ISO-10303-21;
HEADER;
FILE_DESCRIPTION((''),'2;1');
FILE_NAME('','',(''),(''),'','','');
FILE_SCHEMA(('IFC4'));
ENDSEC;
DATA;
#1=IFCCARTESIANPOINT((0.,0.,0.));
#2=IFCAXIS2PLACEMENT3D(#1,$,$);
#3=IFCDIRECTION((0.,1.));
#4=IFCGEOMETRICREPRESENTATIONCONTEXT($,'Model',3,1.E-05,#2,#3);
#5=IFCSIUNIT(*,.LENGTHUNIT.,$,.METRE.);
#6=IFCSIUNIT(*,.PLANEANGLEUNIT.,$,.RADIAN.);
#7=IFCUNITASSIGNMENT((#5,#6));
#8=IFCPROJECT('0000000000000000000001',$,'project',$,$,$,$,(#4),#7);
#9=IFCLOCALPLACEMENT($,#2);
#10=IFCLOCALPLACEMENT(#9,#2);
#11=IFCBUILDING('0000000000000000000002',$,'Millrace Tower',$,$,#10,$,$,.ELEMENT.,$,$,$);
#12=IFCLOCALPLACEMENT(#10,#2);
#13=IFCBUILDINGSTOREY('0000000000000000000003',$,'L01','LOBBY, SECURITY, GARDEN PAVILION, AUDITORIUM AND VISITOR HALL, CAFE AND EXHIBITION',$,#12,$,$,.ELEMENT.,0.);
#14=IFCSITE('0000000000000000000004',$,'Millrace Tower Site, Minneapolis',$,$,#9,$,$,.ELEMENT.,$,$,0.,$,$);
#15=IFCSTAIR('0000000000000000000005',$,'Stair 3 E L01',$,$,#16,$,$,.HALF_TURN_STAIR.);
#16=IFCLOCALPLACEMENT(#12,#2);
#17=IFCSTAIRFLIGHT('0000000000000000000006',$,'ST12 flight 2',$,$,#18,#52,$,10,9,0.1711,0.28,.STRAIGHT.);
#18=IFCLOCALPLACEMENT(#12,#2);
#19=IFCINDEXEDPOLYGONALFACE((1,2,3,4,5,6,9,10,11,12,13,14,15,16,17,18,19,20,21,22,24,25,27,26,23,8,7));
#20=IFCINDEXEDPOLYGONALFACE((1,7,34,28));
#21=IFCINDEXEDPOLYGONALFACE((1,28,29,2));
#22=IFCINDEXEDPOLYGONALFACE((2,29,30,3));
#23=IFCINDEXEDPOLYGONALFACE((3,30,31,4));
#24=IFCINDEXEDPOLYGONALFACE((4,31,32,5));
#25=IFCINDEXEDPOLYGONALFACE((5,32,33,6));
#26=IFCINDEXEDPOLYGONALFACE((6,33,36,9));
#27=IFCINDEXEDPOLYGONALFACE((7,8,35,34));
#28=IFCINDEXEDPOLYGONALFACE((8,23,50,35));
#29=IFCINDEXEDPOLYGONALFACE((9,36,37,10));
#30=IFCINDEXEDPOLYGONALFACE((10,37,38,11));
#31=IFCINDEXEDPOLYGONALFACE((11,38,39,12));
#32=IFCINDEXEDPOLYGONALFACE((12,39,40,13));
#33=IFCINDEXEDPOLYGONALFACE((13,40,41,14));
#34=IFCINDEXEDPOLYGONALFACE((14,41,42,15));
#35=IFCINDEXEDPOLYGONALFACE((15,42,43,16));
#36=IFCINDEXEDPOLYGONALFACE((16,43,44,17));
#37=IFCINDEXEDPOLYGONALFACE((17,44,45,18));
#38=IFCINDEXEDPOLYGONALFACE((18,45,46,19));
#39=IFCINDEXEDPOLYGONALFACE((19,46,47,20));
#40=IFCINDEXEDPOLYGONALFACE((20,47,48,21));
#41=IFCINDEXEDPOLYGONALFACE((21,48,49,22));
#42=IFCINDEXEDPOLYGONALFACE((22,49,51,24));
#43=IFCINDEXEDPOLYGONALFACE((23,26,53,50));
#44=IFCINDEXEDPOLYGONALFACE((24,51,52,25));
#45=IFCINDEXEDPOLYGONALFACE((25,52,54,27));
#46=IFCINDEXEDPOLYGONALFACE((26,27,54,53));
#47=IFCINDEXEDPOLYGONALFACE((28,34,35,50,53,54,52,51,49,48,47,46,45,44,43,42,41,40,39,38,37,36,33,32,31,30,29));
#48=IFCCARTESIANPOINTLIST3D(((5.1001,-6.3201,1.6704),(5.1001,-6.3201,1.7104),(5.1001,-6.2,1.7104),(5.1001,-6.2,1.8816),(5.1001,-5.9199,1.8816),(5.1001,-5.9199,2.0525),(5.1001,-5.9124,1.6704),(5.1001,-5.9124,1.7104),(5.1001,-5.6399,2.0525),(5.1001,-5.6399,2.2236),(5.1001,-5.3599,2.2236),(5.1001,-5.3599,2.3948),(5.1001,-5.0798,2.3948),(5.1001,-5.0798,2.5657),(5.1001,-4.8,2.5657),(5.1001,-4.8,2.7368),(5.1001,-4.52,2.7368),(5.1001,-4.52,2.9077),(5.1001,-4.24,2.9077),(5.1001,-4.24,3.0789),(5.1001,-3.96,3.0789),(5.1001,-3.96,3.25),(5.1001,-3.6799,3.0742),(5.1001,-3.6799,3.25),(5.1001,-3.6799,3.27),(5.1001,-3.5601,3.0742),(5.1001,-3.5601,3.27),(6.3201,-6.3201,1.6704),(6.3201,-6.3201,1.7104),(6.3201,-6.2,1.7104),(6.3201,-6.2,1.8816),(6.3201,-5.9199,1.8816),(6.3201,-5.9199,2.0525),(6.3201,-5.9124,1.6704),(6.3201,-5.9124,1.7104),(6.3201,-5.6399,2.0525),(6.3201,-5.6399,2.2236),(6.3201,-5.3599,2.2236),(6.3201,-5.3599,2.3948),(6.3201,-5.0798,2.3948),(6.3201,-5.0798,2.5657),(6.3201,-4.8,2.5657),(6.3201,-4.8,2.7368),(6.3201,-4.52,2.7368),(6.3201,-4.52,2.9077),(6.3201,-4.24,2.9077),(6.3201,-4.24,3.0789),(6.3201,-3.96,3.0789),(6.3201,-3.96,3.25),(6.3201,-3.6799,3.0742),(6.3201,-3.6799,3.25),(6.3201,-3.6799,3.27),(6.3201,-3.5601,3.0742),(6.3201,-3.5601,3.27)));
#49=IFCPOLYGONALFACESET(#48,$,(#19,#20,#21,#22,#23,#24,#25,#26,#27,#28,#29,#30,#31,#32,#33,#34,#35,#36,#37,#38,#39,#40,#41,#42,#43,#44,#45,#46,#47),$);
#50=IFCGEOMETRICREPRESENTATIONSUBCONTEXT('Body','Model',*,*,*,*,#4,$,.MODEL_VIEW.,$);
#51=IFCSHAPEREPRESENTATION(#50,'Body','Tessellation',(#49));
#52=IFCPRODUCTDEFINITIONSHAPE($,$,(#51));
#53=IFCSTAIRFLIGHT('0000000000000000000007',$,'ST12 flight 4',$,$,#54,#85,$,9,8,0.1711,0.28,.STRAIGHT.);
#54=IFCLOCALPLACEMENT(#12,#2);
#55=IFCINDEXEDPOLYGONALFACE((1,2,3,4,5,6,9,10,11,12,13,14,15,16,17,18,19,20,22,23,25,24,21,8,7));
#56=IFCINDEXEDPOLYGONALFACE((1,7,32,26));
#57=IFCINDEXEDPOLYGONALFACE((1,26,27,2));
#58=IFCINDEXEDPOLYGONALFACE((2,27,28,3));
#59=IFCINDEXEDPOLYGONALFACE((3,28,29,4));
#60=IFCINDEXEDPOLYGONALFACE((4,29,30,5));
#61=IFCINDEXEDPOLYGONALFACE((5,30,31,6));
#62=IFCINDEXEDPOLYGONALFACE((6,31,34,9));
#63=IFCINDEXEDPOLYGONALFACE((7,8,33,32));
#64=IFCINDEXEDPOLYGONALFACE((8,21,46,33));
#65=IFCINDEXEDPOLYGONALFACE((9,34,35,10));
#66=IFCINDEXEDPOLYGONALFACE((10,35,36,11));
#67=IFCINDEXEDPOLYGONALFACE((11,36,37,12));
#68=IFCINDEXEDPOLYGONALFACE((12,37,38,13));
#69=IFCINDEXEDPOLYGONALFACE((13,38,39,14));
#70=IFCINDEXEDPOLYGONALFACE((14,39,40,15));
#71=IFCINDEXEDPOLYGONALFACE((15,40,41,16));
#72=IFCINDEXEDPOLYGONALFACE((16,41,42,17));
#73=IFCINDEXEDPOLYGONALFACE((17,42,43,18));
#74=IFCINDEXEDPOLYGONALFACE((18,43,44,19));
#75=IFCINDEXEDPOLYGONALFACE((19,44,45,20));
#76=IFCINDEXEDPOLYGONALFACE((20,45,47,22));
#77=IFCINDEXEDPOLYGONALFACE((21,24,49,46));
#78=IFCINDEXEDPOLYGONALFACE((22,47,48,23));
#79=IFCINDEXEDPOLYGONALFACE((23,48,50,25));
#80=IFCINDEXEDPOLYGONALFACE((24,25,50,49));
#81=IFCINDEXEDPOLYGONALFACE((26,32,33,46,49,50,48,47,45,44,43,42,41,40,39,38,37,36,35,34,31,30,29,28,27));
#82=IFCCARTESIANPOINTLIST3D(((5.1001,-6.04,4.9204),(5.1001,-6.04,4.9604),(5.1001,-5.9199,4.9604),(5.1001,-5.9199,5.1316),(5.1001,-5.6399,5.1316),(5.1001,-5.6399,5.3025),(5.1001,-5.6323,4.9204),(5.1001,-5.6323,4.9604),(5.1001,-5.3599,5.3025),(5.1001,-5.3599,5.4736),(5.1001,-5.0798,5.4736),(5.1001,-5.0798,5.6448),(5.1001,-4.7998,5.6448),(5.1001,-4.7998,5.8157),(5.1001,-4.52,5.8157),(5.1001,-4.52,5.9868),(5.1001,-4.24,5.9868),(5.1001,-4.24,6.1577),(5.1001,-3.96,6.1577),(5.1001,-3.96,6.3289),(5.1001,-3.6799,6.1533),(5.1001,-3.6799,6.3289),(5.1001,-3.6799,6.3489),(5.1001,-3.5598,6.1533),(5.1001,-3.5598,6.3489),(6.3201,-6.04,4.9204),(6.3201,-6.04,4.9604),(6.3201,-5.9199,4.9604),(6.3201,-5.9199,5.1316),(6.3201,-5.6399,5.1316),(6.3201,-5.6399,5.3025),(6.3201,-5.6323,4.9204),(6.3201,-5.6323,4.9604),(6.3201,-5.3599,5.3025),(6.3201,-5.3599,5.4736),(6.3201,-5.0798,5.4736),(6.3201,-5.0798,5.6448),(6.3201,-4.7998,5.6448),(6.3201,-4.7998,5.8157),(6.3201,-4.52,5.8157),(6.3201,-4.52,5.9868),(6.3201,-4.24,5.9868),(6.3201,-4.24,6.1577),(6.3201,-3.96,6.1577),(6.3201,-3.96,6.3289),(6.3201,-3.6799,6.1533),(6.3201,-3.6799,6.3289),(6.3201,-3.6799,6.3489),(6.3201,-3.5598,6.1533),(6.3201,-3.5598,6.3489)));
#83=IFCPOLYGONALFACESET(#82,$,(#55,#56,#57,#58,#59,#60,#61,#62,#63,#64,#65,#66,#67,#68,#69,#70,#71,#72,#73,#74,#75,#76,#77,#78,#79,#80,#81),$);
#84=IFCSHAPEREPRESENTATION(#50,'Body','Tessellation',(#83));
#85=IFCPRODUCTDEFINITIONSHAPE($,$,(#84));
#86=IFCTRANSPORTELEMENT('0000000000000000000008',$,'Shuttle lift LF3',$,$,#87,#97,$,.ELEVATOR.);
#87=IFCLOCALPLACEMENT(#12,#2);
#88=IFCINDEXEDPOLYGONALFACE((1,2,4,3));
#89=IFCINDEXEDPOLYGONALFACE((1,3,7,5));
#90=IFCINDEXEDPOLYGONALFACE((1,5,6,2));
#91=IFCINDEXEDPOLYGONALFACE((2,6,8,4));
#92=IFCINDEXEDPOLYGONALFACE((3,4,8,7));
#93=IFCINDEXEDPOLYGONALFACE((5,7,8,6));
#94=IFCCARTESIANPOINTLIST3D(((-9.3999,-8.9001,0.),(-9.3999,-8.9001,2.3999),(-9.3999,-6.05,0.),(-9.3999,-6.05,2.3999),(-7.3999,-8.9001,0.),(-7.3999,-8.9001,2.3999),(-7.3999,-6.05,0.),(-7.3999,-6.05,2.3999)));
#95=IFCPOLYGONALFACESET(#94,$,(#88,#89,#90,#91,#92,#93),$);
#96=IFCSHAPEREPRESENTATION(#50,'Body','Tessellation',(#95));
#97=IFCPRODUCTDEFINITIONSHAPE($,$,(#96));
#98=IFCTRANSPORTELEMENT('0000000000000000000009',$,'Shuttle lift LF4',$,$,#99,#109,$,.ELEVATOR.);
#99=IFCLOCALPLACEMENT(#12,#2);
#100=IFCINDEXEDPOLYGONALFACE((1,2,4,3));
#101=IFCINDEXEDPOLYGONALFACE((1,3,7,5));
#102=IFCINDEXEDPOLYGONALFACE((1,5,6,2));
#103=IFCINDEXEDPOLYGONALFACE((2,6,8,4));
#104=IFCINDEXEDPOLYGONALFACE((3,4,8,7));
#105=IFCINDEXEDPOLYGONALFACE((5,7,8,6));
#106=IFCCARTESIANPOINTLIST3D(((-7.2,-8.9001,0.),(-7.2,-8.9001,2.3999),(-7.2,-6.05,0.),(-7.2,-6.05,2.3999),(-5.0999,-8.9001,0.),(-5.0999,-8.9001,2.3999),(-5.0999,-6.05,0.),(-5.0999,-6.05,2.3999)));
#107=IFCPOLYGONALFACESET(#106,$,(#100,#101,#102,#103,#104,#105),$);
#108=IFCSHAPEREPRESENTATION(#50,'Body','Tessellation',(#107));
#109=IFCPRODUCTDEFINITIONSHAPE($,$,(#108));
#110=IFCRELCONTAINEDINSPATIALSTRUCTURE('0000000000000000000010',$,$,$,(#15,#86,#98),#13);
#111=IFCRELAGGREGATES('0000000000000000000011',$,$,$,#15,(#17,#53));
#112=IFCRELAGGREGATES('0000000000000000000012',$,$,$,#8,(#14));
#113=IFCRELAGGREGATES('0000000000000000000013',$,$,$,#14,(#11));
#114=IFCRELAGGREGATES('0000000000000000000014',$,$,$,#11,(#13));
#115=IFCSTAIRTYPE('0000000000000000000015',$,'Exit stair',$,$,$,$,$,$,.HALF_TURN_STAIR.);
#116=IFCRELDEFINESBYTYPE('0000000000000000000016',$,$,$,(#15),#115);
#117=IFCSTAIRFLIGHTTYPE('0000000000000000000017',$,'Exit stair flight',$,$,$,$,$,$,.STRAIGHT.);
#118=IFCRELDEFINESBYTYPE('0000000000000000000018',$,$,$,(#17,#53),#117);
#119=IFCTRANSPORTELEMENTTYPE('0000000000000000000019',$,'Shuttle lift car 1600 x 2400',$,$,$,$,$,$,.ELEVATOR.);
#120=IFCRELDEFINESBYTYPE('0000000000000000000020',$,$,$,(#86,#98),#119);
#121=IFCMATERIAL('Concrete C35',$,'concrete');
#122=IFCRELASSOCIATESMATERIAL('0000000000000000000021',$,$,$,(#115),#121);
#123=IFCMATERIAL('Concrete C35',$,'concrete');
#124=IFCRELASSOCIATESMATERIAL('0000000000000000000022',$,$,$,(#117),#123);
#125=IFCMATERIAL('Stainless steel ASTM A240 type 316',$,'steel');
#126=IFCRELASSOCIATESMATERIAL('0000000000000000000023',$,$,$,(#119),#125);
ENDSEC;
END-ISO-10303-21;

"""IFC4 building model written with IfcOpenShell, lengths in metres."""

from ifc_helpers import new_model, si_unit, direction, frame, origin, origin_2d, place, context, subcontext, project, spatial, polyline, rectangle, outline, extrude, material, type_object, element, aggregate, save


model = new_model("IFC4")

# Units and contexts
model_context = context("Model", 3, precision=1e-05, world=origin(), true_north=direction((0.0, 1.0)))
body_context = subcontext(model_context, "Body", "Model", "MODEL_VIEW")
ifc_project = project(units=[si_unit("LENGTHUNIT", "METRE"), si_unit("PLANEANGLEUNIT", "RADIAN")], contexts=[model_context])

# Site, building, storey
site_placement = place(None, origin())
site = spatial("IfcSite", under=ifc_project, at=site_placement, Name="Millrace Tower Site, Minneapolis", CompositionType="ELEMENT", RefElevation=0.0)
building_placement = place(site_placement, origin())
building = spatial("IfcBuilding", under=site, at=building_placement, Name="Millrace Tower", CompositionType="ELEMENT")
storey_placement = place(building_placement, origin())
storey = spatial("IfcBuildingStorey", under=building, at=storey_placement, Name="L01", Description="LOBBY, SECURITY, GARDEN PAVILION, AUDITORIUM AND VISITOR HALL, CAFE AND EXHIBITION", CompositionType="ELEMENT", Elevation=0.0)

# Stair, stair flights
ifc_material_1 = material(Name="Concrete C35", Category="concrete")
stair_type = type_object("IfcStairType", Name="Exit stair", PredefinedType="HALF_TURN_STAIR", material=ifc_material_1)
stair_placement = place(storey_placement, origin())
stair = element("IfcStair", 1, at=stair_placement, inside=storey, type_object=stair_type, Name="Stair 3 E L01", PredefinedType="HALF_TURN_STAIR")
ifc_material_2 = material(Name="Concrete C35", Category="concrete")
stair_flight_type = type_object("IfcStairFlightType", Name="Exit stair flight", PredefinedType="STRAIGHT", material=ifc_material_2)
stair_flight_1_placement = place(storey_placement, frame((5.71, -6.2, 1.7104), z_axis=(0.0, 0.0, 1.0), x_axis=(0.0, 1.0, 0.0)))
stair_flight_1 = element("IfcStairFlight", 2, at=stair_flight_1_placement, type_object=stair_flight_type, Name="ST12 flight 2", NumberOfRisers=10, NumberOfTreads=9, PredefinedType="STRAIGHT", RiserHeight=0.1711, TreadLength=0.28, context=body_context, shape_type="SweptSolid", body=[
    extrude(outline(polyline([(-0.1201, -0.04), (-0.1201, 0.0), (0.0, 0.0), (0.0, 0.1711), (0.28, 0.1711), (0.28, 0.342), (0.5601, 0.342), (0.5601, 0.5132), (0.8401, 0.5132), (0.8401, 0.6843), (1.1201, 0.6843), (1.1201, 0.8552), (1.3999, 0.8552), (1.3999, 1.0264), (1.6799, 1.0264), (1.6799, 1.1973), (1.96, 1.1973), (1.96, 1.3684), (2.24, 1.3684), (2.24, 1.5396), (2.52, 1.5396), (2.52, 1.5596), (2.6399, 1.5596), (2.6399, 1.3638), (2.52, 1.3638), (0.2876, 0.0), (0.2876, -0.04), (-0.1201, -0.04)])), frame((0.0, 0.6099, 0.0), z_axis=(0.0, -1.0, 0.0), x_axis=(1.0, 0.0, 0.0)), (0.0, 0.0, 1.0), 1.22),
])
stair_flight_2_placement = place(storey_placement, frame((5.71, -5.9199, 4.9604), z_axis=(0.0, 0.0, 1.0), x_axis=(0.0, 1.0, 0.0)))
stair_flight_2 = element("IfcStairFlight", 3, at=stair_flight_2_placement, type_object=stair_flight_type, Name="ST12 flight 4", NumberOfRisers=9, NumberOfTreads=8, PredefinedType="STRAIGHT", RiserHeight=0.1711, TreadLength=0.28, context=body_context, shape_type="SweptSolid", body=[
    extrude(outline(polyline([(-0.1201, -0.04), (-0.1201, 0.0), (0.0, 0.0), (0.0, 0.1711), (0.28, 0.1711), (0.28, 0.342), (0.5601, 0.342), (0.5601, 0.5132), (0.8401, 0.5132), (0.8401, 0.6843), (1.1201, 0.6843), (1.1201, 0.8552), (1.3999, 0.8552), (1.3999, 1.0264), (1.6799, 1.0264), (1.6799, 1.1973), (1.96, 1.1973), (1.96, 1.3684), (2.24, 1.3684), (2.24, 1.3884), (2.3601, 1.3884), (2.3601, 1.1929), (2.24, 1.1929), (0.2876, 0.0), (0.2876, -0.04), (-0.1201, -0.04)])), frame((0.0, 0.6099, 0.0), z_axis=(0.0, -1.0, 0.0), x_axis=(1.0, 0.0, 0.0)), (0.0, 0.0, 1.0), 1.22),
])
aggregate(stair, [stair_flight_1, stair_flight_2])

# Transport elements
ifc_material_3 = material(Name="Stainless steel ASTM A240 type 316", Category="steel")
transport_element_type = type_object("IfcTransportElementType", Name="Shuttle lift car 1600 x 2400", PredefinedType="ELEVATOR", material=ifc_material_3)
transport_element_1_placement = place(storey_placement, frame((-8.3999, -7.4751, 0.0), z_axis=(0.0, 0.0, 1.0), x_axis=(1.0, 0.0, 0.0)))
element("IfcTransportElement", 4, at=transport_element_1_placement, inside=storey, type_object=transport_element_type, Name="Shuttle lift LF3", PredefinedType="ELEVATOR", context=body_context, shape_type="SweptSolid", body=[
    extrude(rectangle(XDim=2.0, YDim=2.8501, at=origin_2d()), origin(), (0.0, 0.0, 1.0), 2.3999),
])
transport_element_2_placement = place(storey_placement, frame((-6.1499, -7.4751, 0.0), z_axis=(0.0, 0.0, 1.0), x_axis=(1.0, 0.0, 0.0)))
element("IfcTransportElement", 5, at=transport_element_2_placement, inside=storey, type_object=transport_element_type, Name="Shuttle lift LF4", PredefinedType="ELEVATOR", context=body_context, shape_type="SweptSolid", body=[
    extrude(rectangle(XDim=2.1001, YDim=2.8501, at=origin_2d()), origin(), (0.0, 0.0, 1.0), 2.3999),
])

save(model, "model.ifc")
